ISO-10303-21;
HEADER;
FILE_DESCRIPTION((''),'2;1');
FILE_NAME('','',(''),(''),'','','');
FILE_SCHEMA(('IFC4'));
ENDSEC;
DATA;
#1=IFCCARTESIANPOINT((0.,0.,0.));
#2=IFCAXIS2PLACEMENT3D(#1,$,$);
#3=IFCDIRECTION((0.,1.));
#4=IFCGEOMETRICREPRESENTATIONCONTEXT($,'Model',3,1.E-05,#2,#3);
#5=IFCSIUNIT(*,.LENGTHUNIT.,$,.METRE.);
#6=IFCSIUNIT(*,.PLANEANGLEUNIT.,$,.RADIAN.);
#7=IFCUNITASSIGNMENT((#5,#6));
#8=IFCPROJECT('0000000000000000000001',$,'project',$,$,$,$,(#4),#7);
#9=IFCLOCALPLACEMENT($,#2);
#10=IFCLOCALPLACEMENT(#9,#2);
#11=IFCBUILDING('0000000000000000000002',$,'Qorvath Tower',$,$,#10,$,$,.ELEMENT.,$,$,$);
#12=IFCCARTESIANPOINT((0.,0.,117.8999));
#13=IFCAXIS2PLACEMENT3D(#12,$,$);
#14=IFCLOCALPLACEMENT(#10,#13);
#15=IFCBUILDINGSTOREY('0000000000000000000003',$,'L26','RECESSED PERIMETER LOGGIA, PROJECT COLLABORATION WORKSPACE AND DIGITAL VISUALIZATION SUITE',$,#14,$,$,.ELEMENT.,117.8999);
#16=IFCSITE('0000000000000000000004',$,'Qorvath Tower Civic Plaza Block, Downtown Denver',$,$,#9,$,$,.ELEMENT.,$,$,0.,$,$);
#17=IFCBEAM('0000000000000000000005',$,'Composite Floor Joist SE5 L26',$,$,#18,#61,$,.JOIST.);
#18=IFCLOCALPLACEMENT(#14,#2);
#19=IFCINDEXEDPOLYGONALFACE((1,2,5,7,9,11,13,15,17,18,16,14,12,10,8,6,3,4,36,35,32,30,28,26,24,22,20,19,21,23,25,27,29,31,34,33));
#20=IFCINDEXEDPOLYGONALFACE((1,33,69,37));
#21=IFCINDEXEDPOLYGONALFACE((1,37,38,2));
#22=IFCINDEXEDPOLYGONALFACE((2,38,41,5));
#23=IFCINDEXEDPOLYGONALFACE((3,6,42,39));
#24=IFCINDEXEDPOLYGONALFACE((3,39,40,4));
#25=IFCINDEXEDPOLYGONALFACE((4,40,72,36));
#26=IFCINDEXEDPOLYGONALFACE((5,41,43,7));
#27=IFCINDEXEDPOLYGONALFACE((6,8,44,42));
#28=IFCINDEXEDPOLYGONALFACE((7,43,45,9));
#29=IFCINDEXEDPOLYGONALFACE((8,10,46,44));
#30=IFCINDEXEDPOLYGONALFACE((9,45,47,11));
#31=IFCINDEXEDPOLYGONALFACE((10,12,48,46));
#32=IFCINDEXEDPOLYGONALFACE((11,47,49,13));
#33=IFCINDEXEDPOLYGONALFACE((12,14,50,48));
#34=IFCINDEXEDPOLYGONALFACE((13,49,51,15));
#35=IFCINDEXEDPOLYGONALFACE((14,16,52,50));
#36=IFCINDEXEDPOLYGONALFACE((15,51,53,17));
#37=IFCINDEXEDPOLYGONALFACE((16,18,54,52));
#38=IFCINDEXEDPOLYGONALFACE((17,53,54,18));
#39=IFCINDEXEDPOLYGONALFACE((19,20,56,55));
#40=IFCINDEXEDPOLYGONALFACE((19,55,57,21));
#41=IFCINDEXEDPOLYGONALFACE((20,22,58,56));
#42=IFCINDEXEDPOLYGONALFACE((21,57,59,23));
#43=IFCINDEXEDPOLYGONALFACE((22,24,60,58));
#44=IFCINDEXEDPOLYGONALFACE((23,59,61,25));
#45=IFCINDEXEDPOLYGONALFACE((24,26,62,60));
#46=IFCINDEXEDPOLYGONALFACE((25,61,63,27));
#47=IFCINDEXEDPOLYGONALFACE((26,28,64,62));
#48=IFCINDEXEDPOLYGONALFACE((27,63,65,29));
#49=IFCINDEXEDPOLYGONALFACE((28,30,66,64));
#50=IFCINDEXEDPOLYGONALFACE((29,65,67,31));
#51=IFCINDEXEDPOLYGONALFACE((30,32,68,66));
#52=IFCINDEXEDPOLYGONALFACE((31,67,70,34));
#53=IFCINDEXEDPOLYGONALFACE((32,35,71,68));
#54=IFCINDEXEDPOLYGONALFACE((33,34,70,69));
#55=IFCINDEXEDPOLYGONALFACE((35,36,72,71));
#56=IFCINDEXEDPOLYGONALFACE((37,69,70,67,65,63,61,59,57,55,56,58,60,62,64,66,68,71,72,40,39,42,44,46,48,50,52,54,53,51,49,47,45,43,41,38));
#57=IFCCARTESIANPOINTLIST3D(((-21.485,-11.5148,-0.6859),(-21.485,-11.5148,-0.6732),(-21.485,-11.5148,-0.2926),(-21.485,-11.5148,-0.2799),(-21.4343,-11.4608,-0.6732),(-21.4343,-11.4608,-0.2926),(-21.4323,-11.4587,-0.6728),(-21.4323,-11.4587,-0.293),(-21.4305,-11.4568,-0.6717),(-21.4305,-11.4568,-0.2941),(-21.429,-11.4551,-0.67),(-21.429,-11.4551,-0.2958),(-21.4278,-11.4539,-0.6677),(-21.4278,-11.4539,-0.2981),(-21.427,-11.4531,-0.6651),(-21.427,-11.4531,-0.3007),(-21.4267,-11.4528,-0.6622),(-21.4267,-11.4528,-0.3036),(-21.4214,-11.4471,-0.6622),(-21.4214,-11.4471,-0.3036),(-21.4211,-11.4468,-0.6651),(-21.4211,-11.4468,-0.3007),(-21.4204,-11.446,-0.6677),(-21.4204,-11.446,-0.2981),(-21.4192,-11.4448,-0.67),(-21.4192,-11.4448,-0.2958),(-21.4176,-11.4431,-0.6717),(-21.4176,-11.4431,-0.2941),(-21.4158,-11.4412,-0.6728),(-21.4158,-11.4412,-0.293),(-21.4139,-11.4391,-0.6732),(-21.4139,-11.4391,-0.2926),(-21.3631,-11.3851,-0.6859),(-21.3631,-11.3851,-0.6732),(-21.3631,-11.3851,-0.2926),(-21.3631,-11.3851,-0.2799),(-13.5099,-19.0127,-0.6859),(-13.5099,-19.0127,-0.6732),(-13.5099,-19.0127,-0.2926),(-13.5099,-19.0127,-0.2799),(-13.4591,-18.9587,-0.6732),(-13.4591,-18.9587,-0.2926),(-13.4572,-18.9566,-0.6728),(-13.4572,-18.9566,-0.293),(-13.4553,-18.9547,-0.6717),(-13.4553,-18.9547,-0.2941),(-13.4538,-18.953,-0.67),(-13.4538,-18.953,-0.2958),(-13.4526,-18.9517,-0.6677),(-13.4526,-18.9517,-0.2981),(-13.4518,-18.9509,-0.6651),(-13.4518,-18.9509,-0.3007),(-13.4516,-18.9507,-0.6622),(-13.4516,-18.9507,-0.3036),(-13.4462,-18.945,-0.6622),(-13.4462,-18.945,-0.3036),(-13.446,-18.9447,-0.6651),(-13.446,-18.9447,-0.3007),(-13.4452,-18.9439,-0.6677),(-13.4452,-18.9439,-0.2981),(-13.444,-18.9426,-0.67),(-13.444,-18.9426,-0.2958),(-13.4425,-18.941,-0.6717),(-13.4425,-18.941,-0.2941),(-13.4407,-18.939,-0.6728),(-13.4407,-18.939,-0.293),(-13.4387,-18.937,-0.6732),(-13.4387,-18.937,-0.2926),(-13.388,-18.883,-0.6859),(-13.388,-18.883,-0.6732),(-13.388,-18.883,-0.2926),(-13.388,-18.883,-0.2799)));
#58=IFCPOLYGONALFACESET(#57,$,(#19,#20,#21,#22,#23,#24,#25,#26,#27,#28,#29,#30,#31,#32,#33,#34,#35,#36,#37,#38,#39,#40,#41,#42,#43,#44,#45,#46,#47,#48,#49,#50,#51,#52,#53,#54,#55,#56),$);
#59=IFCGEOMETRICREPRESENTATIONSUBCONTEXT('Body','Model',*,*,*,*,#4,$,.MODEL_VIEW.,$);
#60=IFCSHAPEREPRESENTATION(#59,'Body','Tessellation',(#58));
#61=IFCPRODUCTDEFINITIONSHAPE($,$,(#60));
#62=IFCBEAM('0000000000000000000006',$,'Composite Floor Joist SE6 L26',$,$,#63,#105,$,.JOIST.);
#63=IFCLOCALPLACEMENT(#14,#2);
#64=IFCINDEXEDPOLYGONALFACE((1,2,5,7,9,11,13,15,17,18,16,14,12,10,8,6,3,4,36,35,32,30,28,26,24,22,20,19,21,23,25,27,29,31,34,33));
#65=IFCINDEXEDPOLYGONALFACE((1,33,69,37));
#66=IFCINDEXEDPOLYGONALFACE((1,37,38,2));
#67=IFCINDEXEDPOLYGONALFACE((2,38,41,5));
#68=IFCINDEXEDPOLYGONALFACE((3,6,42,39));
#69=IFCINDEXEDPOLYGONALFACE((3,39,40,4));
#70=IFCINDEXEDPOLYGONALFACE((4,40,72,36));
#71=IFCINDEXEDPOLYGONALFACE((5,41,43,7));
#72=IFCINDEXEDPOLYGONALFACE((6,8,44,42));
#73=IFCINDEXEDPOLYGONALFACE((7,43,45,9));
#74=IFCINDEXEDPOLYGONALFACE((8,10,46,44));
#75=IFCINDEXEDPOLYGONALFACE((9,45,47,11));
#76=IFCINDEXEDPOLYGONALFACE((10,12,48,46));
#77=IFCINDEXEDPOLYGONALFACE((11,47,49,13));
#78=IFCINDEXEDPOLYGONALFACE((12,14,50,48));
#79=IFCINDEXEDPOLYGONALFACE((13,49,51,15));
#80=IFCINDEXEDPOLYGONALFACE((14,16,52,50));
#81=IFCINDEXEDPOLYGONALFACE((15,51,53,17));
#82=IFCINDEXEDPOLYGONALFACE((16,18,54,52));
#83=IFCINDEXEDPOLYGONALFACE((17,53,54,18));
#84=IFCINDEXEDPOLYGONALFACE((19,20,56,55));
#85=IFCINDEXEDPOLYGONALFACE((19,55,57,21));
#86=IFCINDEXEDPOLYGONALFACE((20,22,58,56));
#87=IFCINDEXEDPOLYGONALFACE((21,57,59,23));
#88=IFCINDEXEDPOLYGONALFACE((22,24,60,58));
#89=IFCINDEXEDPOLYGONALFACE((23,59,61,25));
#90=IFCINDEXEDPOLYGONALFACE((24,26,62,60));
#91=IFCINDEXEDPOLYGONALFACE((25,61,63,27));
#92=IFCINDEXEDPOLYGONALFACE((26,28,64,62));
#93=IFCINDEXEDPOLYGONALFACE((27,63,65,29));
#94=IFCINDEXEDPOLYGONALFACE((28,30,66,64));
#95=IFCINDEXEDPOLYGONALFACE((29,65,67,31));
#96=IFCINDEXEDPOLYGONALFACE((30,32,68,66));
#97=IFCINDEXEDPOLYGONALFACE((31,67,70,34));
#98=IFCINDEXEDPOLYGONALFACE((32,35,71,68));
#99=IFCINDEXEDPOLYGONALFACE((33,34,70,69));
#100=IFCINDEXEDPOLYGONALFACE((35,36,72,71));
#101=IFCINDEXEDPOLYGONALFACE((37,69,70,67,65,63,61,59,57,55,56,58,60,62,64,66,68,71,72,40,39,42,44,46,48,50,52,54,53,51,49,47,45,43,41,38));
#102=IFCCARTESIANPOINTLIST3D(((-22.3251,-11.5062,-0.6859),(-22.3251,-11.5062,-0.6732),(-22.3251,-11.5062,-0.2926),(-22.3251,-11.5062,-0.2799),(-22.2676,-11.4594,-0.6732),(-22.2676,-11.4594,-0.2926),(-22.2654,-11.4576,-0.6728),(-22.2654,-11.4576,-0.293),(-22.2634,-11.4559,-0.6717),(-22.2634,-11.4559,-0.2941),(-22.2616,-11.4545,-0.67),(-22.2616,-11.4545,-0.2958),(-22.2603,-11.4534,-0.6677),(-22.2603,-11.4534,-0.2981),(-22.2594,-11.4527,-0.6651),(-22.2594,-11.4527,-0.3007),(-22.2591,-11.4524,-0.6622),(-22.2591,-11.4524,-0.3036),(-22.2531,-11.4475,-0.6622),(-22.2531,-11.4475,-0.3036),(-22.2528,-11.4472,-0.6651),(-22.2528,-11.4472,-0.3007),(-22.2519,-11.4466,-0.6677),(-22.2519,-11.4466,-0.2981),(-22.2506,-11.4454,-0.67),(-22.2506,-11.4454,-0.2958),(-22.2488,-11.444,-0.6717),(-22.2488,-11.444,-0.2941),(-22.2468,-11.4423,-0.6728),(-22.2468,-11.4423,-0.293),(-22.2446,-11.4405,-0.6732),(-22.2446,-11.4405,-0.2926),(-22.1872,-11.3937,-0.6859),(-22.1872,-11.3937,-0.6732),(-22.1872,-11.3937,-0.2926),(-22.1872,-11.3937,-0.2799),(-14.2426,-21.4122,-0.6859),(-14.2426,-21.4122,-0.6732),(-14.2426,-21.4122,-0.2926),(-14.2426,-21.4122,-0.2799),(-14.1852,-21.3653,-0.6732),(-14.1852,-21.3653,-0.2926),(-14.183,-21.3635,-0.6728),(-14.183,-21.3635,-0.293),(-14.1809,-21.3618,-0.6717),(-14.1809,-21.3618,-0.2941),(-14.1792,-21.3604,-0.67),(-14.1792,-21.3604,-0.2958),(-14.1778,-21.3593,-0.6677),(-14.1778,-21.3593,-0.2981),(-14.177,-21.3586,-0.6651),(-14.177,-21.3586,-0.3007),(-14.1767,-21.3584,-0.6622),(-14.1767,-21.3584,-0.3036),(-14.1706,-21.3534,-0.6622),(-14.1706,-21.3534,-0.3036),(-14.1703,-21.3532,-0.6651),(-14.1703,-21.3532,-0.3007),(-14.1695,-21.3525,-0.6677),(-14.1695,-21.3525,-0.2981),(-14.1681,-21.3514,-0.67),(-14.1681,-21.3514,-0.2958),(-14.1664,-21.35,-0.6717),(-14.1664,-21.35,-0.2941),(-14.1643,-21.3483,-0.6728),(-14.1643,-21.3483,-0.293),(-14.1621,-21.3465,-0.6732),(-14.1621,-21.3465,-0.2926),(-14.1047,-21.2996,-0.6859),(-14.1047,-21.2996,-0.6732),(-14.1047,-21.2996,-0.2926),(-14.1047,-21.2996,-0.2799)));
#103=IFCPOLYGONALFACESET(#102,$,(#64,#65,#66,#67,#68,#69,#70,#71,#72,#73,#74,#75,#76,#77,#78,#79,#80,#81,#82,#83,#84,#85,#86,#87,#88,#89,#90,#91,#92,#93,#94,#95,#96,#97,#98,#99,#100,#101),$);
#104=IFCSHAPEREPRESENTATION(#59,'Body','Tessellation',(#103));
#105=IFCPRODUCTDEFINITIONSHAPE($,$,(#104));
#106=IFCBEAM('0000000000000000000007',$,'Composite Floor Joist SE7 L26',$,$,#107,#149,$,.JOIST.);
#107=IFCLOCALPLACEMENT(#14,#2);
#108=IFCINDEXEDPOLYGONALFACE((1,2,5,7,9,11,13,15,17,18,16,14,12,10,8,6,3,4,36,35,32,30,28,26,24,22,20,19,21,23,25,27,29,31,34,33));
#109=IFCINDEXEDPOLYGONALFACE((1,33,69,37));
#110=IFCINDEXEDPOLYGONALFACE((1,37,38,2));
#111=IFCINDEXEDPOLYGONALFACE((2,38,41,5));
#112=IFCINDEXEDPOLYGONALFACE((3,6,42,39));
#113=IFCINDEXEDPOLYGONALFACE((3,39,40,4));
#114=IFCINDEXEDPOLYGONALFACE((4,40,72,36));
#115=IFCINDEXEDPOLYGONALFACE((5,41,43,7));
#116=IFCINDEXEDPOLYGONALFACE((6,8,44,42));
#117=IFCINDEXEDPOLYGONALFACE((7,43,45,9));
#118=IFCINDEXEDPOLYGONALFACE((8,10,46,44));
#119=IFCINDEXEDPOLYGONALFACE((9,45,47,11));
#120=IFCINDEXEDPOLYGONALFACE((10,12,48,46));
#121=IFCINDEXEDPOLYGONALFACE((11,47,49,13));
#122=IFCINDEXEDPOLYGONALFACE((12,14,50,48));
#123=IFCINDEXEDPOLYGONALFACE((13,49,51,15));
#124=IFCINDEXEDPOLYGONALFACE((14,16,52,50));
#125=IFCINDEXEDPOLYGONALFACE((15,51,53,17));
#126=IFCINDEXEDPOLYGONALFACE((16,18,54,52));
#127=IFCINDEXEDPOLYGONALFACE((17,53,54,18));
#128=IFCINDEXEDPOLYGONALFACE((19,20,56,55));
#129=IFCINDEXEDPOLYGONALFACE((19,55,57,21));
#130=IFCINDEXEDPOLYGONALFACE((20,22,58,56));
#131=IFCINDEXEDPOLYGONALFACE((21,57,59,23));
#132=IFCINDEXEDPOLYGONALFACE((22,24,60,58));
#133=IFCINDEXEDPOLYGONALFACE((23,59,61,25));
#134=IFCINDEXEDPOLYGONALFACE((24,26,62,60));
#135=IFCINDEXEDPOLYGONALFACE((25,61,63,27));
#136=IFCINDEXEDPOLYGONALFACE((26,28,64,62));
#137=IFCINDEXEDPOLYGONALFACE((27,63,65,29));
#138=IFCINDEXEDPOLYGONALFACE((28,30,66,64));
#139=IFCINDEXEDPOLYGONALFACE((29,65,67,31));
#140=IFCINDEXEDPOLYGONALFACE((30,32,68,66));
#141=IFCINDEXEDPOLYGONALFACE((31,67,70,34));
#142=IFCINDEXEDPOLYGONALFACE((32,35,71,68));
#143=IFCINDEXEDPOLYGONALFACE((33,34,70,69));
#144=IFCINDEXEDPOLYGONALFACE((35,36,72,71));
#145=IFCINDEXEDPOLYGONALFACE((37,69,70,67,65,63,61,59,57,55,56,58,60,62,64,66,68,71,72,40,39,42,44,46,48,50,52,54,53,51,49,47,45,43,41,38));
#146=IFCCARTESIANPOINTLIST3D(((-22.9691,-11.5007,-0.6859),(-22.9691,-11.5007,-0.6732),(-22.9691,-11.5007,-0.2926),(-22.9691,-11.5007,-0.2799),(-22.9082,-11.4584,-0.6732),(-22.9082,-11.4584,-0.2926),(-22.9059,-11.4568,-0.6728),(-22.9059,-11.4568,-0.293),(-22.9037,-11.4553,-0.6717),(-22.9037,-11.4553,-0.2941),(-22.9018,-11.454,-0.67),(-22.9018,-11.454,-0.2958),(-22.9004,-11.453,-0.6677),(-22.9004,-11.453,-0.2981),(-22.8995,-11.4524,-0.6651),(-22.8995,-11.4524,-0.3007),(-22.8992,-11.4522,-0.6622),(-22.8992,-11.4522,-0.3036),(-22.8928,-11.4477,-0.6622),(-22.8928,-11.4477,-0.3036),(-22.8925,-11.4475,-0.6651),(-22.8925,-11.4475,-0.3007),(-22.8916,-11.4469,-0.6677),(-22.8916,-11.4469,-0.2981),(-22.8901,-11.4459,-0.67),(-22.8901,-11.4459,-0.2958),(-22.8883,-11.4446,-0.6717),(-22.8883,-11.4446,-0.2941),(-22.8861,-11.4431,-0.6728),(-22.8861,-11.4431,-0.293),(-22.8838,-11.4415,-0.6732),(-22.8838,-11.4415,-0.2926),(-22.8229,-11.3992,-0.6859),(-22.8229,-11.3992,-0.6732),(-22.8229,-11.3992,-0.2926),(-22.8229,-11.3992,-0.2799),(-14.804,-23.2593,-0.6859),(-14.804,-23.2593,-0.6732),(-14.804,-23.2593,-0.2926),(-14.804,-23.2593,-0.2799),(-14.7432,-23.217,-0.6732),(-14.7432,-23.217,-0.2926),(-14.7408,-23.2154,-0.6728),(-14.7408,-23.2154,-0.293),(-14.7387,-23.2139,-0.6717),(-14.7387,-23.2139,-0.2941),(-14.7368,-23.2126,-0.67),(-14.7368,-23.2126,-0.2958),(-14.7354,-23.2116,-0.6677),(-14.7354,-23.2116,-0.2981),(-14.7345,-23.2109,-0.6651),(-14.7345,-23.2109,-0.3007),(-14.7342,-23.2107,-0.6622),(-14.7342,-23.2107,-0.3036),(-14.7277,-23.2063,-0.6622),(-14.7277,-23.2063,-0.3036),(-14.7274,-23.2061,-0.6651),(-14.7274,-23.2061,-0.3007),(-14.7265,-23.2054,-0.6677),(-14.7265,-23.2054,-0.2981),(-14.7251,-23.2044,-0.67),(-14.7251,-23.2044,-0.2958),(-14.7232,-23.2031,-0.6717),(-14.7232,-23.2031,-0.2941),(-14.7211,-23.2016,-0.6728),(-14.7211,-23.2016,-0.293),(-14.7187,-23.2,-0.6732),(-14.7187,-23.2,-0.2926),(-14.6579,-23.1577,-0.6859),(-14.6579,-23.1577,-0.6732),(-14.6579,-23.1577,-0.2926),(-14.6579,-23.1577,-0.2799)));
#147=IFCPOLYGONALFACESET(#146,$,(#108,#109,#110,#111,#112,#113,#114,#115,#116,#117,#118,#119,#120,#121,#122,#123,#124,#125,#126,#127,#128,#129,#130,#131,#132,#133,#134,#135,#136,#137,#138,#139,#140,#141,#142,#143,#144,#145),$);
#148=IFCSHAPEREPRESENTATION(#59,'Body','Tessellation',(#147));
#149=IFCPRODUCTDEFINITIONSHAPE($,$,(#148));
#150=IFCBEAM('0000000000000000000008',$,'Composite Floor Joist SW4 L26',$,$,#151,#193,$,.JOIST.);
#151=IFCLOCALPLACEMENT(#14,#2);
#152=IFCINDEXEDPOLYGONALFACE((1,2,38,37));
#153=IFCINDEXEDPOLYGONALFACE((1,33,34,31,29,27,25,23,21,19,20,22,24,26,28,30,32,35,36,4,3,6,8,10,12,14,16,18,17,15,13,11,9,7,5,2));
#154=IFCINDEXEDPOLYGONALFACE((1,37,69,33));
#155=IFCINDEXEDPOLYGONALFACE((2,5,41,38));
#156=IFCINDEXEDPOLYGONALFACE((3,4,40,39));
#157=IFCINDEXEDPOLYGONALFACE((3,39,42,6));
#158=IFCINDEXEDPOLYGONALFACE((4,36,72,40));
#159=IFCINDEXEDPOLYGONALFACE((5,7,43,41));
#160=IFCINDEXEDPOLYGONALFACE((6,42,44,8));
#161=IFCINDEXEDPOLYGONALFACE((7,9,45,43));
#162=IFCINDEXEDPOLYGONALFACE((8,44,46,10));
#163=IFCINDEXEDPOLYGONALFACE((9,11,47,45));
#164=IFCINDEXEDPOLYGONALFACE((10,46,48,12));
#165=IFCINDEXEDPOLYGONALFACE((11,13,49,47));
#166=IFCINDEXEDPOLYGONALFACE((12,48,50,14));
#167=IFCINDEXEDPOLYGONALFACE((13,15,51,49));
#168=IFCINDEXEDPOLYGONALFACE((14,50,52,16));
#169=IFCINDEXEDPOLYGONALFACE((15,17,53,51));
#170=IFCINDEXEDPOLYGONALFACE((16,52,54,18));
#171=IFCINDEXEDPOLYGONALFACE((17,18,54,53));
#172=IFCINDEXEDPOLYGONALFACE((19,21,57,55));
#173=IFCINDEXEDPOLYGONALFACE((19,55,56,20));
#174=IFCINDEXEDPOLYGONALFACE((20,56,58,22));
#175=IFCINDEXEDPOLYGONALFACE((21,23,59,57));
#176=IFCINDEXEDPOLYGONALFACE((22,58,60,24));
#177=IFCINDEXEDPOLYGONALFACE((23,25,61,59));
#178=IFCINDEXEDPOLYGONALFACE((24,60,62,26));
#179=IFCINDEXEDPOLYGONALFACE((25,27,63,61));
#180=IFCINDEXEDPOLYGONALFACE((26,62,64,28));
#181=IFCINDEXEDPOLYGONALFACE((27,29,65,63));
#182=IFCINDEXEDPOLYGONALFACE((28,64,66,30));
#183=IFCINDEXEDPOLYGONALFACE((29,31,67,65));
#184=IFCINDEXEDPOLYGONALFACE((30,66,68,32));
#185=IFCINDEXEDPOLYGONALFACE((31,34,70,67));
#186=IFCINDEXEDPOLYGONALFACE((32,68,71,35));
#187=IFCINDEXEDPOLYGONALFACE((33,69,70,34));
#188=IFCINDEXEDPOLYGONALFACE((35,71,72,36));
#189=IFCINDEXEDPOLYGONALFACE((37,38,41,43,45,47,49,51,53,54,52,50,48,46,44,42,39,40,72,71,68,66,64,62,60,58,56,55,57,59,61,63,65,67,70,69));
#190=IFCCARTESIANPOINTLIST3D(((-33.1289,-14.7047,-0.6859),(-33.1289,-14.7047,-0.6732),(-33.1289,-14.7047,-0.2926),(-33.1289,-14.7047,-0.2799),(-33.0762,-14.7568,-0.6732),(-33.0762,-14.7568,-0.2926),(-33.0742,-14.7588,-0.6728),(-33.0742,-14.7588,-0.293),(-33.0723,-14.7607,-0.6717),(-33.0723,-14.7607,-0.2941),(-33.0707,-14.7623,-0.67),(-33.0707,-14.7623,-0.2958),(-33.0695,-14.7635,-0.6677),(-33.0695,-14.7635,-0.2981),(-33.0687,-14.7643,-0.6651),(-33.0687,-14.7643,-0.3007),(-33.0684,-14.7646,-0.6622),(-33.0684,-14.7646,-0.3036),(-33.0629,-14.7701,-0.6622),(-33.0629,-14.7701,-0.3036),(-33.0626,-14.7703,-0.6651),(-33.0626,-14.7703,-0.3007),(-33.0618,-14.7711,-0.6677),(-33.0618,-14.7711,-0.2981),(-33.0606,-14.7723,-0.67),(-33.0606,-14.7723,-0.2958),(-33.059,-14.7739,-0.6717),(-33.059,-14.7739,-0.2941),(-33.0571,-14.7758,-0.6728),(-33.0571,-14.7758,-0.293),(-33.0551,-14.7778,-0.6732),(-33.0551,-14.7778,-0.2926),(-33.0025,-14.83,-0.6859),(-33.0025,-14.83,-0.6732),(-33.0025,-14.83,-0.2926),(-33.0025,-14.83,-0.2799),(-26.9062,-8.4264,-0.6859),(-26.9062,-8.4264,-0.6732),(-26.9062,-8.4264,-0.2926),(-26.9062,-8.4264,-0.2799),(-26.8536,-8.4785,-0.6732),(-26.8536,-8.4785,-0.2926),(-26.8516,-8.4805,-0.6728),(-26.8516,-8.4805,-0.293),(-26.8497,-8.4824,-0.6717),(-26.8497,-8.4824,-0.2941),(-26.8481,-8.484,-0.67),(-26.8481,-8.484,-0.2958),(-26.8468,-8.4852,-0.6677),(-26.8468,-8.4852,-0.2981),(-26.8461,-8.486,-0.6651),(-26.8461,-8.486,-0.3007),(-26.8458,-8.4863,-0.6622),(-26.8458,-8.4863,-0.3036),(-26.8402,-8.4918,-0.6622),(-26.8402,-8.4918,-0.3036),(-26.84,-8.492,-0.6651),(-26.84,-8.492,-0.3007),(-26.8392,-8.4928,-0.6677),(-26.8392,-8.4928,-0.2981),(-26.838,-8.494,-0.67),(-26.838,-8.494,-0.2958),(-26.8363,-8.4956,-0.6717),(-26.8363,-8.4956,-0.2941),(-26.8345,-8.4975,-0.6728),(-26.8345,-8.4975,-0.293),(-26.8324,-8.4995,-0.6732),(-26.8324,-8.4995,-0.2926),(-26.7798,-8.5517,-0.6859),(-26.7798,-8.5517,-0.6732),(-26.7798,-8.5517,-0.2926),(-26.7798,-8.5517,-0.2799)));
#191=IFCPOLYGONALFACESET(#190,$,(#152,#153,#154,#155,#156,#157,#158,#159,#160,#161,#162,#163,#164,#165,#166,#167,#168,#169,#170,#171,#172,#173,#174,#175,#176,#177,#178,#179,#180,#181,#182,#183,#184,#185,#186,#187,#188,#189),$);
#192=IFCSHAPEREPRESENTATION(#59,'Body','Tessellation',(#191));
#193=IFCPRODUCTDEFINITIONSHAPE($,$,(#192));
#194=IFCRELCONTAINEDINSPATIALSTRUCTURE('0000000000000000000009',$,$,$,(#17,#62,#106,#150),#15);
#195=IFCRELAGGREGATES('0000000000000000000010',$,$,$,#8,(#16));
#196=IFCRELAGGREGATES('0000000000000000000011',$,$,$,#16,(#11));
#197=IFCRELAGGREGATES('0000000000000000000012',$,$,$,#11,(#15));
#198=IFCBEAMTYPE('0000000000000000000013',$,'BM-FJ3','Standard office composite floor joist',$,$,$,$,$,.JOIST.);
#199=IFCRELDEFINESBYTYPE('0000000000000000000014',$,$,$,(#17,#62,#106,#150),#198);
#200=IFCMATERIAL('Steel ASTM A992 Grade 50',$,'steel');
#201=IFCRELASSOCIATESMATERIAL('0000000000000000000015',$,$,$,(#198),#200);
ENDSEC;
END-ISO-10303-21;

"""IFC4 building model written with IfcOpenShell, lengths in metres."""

from ifc_helpers import new_model, si_unit, direction, frame, origin, origin_2d, place, context, subcontext, project, spatial, i_section, extrude, material, material_profile, profile_set, type_object, element, save


model = new_model("IFC4")

# Units and contexts
model_context = context("Model", 3, precision=1e-05, world=origin(), true_north=direction((0.0, 1.0)))
body_context = subcontext(model_context, "Body", "Model", "MODEL_VIEW")
ifc_project = project(units=[si_unit("LENGTHUNIT", "METRE"), si_unit("PLANEANGLEUNIT", "RADIAN")], contexts=[model_context])

# Site, building, storey
site_placement = place(None, origin())
site = spatial("IfcSite", under=ifc_project, at=site_placement, Name="Qorvath Tower Civic Plaza Block, Downtown Denver", CompositionType="ELEMENT", RefElevation=0.0)
building_placement = place(site_placement, origin())
building = spatial("IfcBuilding", under=site, at=building_placement, Name="Qorvath Tower", CompositionType="ELEMENT")
storey_placement = place(building_placement, frame((0.0, 0.0, 117.8999)))
storey = spatial("IfcBuildingStorey", under=building, at=storey_placement, Name="L26", Description="RECESSED PERIMETER LOGGIA, PROJECT COLLABORATION WORKSPACE AND DIGITAL VISUALIZATION SUITE", CompositionType="ELEMENT", Elevation=117.8999)

# Beams
ifc_material_1 = material(Name="Steel ASTM A992 Grade 50", Category="steel")
ifc_material_profile_1 = material_profile(ifc_material_1, i_section(OverallWidth=0.178, OverallDepth=0.406, WebThickness=0.0078, FlangeThickness=0.0127, FilletRadius=0.011, at=origin_2d()), Name="W16x40")
ifc_profile_set_1 = profile_set([ifc_material_profile_1], Name="Steel ASTM A992 Grade 50")
beam_type_1 = type_object("IfcBeamType", Name="BM-FJ3", Description="Standard office composite floor joist", PredefinedType="JOIST", material=ifc_profile_set_1)
beam_1_placement = place(storey_placement, frame((-21.4241, -11.45, -0.4829), z_axis=(0.728572, -0.684969, 0.0), x_axis=(0.684969, 0.728572, 0.0)))
element("IfcBeam", 1, at=beam_1_placement, inside=storey, type_object=beam_type_1, Name="Composite Floor Joist SE5 L26", PredefinedType="JOIST", context=body_context, shape_type="SweptSolid", body=[
    extrude(i_section(OverallWidth=0.178, OverallDepth=0.406, WebThickness=0.0078, FlangeThickness=0.0127, FilletRadius=0.011, at=origin_2d()), origin(), (0.0, 0.0, 1.0), 10.9463),
])
beam_2_placement = place(storey_placement, frame((-22.2561, -11.45, -0.4829), z_axis=(0.632188, -0.774815, 0.0), x_axis=(0.774815, 0.632188, 0.0)))
element("IfcBeam", 2, at=beam_2_placement, inside=storey, type_object=beam_type_1, Name="Composite Floor Joist SE6 L26", PredefinedType="JOIST", context=body_context, shape_type="SweptSolid", body=[
    extrude(i_section(OverallWidth=0.178, OverallDepth=0.406, WebThickness=0.0078, FlangeThickness=0.0127, FilletRadius=0.011, at=origin_2d()), origin(), (0.0, 0.0, 1.0), 12.7849),
])
beam_3_placement = place(storey_placement, frame((-22.896, -11.45, -0.4829), z_axis=(0.570367, -0.82139, 0.0), x_axis=(0.82139, 0.570367, 0.0)))
element("IfcBeam", 3, at=beam_3_placement, inside=storey, type_object=beam_type_1, Name="Composite Floor Joist SE7 L26", PredefinedType="JOIST", context=body_context, shape_type="SweptSolid", body=[
    extrude(i_section(OverallWidth=0.178, OverallDepth=0.406, WebThickness=0.0078, FlangeThickness=0.0127, FilletRadius=0.011, at=origin_2d()), origin(), (0.0, 0.0, 1.0), 14.3154),
])
beam_4_placement = place(storey_placement, frame((-26.843, -8.489, -0.4829), z_axis=(-0.703951, -0.710248, 0.0), x_axis=(0.710248, -0.703951, 0.0)))
element("IfcBeam", 4, at=beam_4_placement, inside=storey, type_object=beam_type_1, Name="Composite Floor Joist SW4 L26", PredefinedType="JOIST", context=body_context, shape_type="SweptSolid", body=[
    extrude(i_section(OverallWidth=0.178, OverallDepth=0.406, WebThickness=0.0078, FlangeThickness=0.0127, FilletRadius=0.011, at=origin_2d()), origin(), (0.0, 0.0, 1.0), 8.8396),
])

save(model, "model.ifc")
